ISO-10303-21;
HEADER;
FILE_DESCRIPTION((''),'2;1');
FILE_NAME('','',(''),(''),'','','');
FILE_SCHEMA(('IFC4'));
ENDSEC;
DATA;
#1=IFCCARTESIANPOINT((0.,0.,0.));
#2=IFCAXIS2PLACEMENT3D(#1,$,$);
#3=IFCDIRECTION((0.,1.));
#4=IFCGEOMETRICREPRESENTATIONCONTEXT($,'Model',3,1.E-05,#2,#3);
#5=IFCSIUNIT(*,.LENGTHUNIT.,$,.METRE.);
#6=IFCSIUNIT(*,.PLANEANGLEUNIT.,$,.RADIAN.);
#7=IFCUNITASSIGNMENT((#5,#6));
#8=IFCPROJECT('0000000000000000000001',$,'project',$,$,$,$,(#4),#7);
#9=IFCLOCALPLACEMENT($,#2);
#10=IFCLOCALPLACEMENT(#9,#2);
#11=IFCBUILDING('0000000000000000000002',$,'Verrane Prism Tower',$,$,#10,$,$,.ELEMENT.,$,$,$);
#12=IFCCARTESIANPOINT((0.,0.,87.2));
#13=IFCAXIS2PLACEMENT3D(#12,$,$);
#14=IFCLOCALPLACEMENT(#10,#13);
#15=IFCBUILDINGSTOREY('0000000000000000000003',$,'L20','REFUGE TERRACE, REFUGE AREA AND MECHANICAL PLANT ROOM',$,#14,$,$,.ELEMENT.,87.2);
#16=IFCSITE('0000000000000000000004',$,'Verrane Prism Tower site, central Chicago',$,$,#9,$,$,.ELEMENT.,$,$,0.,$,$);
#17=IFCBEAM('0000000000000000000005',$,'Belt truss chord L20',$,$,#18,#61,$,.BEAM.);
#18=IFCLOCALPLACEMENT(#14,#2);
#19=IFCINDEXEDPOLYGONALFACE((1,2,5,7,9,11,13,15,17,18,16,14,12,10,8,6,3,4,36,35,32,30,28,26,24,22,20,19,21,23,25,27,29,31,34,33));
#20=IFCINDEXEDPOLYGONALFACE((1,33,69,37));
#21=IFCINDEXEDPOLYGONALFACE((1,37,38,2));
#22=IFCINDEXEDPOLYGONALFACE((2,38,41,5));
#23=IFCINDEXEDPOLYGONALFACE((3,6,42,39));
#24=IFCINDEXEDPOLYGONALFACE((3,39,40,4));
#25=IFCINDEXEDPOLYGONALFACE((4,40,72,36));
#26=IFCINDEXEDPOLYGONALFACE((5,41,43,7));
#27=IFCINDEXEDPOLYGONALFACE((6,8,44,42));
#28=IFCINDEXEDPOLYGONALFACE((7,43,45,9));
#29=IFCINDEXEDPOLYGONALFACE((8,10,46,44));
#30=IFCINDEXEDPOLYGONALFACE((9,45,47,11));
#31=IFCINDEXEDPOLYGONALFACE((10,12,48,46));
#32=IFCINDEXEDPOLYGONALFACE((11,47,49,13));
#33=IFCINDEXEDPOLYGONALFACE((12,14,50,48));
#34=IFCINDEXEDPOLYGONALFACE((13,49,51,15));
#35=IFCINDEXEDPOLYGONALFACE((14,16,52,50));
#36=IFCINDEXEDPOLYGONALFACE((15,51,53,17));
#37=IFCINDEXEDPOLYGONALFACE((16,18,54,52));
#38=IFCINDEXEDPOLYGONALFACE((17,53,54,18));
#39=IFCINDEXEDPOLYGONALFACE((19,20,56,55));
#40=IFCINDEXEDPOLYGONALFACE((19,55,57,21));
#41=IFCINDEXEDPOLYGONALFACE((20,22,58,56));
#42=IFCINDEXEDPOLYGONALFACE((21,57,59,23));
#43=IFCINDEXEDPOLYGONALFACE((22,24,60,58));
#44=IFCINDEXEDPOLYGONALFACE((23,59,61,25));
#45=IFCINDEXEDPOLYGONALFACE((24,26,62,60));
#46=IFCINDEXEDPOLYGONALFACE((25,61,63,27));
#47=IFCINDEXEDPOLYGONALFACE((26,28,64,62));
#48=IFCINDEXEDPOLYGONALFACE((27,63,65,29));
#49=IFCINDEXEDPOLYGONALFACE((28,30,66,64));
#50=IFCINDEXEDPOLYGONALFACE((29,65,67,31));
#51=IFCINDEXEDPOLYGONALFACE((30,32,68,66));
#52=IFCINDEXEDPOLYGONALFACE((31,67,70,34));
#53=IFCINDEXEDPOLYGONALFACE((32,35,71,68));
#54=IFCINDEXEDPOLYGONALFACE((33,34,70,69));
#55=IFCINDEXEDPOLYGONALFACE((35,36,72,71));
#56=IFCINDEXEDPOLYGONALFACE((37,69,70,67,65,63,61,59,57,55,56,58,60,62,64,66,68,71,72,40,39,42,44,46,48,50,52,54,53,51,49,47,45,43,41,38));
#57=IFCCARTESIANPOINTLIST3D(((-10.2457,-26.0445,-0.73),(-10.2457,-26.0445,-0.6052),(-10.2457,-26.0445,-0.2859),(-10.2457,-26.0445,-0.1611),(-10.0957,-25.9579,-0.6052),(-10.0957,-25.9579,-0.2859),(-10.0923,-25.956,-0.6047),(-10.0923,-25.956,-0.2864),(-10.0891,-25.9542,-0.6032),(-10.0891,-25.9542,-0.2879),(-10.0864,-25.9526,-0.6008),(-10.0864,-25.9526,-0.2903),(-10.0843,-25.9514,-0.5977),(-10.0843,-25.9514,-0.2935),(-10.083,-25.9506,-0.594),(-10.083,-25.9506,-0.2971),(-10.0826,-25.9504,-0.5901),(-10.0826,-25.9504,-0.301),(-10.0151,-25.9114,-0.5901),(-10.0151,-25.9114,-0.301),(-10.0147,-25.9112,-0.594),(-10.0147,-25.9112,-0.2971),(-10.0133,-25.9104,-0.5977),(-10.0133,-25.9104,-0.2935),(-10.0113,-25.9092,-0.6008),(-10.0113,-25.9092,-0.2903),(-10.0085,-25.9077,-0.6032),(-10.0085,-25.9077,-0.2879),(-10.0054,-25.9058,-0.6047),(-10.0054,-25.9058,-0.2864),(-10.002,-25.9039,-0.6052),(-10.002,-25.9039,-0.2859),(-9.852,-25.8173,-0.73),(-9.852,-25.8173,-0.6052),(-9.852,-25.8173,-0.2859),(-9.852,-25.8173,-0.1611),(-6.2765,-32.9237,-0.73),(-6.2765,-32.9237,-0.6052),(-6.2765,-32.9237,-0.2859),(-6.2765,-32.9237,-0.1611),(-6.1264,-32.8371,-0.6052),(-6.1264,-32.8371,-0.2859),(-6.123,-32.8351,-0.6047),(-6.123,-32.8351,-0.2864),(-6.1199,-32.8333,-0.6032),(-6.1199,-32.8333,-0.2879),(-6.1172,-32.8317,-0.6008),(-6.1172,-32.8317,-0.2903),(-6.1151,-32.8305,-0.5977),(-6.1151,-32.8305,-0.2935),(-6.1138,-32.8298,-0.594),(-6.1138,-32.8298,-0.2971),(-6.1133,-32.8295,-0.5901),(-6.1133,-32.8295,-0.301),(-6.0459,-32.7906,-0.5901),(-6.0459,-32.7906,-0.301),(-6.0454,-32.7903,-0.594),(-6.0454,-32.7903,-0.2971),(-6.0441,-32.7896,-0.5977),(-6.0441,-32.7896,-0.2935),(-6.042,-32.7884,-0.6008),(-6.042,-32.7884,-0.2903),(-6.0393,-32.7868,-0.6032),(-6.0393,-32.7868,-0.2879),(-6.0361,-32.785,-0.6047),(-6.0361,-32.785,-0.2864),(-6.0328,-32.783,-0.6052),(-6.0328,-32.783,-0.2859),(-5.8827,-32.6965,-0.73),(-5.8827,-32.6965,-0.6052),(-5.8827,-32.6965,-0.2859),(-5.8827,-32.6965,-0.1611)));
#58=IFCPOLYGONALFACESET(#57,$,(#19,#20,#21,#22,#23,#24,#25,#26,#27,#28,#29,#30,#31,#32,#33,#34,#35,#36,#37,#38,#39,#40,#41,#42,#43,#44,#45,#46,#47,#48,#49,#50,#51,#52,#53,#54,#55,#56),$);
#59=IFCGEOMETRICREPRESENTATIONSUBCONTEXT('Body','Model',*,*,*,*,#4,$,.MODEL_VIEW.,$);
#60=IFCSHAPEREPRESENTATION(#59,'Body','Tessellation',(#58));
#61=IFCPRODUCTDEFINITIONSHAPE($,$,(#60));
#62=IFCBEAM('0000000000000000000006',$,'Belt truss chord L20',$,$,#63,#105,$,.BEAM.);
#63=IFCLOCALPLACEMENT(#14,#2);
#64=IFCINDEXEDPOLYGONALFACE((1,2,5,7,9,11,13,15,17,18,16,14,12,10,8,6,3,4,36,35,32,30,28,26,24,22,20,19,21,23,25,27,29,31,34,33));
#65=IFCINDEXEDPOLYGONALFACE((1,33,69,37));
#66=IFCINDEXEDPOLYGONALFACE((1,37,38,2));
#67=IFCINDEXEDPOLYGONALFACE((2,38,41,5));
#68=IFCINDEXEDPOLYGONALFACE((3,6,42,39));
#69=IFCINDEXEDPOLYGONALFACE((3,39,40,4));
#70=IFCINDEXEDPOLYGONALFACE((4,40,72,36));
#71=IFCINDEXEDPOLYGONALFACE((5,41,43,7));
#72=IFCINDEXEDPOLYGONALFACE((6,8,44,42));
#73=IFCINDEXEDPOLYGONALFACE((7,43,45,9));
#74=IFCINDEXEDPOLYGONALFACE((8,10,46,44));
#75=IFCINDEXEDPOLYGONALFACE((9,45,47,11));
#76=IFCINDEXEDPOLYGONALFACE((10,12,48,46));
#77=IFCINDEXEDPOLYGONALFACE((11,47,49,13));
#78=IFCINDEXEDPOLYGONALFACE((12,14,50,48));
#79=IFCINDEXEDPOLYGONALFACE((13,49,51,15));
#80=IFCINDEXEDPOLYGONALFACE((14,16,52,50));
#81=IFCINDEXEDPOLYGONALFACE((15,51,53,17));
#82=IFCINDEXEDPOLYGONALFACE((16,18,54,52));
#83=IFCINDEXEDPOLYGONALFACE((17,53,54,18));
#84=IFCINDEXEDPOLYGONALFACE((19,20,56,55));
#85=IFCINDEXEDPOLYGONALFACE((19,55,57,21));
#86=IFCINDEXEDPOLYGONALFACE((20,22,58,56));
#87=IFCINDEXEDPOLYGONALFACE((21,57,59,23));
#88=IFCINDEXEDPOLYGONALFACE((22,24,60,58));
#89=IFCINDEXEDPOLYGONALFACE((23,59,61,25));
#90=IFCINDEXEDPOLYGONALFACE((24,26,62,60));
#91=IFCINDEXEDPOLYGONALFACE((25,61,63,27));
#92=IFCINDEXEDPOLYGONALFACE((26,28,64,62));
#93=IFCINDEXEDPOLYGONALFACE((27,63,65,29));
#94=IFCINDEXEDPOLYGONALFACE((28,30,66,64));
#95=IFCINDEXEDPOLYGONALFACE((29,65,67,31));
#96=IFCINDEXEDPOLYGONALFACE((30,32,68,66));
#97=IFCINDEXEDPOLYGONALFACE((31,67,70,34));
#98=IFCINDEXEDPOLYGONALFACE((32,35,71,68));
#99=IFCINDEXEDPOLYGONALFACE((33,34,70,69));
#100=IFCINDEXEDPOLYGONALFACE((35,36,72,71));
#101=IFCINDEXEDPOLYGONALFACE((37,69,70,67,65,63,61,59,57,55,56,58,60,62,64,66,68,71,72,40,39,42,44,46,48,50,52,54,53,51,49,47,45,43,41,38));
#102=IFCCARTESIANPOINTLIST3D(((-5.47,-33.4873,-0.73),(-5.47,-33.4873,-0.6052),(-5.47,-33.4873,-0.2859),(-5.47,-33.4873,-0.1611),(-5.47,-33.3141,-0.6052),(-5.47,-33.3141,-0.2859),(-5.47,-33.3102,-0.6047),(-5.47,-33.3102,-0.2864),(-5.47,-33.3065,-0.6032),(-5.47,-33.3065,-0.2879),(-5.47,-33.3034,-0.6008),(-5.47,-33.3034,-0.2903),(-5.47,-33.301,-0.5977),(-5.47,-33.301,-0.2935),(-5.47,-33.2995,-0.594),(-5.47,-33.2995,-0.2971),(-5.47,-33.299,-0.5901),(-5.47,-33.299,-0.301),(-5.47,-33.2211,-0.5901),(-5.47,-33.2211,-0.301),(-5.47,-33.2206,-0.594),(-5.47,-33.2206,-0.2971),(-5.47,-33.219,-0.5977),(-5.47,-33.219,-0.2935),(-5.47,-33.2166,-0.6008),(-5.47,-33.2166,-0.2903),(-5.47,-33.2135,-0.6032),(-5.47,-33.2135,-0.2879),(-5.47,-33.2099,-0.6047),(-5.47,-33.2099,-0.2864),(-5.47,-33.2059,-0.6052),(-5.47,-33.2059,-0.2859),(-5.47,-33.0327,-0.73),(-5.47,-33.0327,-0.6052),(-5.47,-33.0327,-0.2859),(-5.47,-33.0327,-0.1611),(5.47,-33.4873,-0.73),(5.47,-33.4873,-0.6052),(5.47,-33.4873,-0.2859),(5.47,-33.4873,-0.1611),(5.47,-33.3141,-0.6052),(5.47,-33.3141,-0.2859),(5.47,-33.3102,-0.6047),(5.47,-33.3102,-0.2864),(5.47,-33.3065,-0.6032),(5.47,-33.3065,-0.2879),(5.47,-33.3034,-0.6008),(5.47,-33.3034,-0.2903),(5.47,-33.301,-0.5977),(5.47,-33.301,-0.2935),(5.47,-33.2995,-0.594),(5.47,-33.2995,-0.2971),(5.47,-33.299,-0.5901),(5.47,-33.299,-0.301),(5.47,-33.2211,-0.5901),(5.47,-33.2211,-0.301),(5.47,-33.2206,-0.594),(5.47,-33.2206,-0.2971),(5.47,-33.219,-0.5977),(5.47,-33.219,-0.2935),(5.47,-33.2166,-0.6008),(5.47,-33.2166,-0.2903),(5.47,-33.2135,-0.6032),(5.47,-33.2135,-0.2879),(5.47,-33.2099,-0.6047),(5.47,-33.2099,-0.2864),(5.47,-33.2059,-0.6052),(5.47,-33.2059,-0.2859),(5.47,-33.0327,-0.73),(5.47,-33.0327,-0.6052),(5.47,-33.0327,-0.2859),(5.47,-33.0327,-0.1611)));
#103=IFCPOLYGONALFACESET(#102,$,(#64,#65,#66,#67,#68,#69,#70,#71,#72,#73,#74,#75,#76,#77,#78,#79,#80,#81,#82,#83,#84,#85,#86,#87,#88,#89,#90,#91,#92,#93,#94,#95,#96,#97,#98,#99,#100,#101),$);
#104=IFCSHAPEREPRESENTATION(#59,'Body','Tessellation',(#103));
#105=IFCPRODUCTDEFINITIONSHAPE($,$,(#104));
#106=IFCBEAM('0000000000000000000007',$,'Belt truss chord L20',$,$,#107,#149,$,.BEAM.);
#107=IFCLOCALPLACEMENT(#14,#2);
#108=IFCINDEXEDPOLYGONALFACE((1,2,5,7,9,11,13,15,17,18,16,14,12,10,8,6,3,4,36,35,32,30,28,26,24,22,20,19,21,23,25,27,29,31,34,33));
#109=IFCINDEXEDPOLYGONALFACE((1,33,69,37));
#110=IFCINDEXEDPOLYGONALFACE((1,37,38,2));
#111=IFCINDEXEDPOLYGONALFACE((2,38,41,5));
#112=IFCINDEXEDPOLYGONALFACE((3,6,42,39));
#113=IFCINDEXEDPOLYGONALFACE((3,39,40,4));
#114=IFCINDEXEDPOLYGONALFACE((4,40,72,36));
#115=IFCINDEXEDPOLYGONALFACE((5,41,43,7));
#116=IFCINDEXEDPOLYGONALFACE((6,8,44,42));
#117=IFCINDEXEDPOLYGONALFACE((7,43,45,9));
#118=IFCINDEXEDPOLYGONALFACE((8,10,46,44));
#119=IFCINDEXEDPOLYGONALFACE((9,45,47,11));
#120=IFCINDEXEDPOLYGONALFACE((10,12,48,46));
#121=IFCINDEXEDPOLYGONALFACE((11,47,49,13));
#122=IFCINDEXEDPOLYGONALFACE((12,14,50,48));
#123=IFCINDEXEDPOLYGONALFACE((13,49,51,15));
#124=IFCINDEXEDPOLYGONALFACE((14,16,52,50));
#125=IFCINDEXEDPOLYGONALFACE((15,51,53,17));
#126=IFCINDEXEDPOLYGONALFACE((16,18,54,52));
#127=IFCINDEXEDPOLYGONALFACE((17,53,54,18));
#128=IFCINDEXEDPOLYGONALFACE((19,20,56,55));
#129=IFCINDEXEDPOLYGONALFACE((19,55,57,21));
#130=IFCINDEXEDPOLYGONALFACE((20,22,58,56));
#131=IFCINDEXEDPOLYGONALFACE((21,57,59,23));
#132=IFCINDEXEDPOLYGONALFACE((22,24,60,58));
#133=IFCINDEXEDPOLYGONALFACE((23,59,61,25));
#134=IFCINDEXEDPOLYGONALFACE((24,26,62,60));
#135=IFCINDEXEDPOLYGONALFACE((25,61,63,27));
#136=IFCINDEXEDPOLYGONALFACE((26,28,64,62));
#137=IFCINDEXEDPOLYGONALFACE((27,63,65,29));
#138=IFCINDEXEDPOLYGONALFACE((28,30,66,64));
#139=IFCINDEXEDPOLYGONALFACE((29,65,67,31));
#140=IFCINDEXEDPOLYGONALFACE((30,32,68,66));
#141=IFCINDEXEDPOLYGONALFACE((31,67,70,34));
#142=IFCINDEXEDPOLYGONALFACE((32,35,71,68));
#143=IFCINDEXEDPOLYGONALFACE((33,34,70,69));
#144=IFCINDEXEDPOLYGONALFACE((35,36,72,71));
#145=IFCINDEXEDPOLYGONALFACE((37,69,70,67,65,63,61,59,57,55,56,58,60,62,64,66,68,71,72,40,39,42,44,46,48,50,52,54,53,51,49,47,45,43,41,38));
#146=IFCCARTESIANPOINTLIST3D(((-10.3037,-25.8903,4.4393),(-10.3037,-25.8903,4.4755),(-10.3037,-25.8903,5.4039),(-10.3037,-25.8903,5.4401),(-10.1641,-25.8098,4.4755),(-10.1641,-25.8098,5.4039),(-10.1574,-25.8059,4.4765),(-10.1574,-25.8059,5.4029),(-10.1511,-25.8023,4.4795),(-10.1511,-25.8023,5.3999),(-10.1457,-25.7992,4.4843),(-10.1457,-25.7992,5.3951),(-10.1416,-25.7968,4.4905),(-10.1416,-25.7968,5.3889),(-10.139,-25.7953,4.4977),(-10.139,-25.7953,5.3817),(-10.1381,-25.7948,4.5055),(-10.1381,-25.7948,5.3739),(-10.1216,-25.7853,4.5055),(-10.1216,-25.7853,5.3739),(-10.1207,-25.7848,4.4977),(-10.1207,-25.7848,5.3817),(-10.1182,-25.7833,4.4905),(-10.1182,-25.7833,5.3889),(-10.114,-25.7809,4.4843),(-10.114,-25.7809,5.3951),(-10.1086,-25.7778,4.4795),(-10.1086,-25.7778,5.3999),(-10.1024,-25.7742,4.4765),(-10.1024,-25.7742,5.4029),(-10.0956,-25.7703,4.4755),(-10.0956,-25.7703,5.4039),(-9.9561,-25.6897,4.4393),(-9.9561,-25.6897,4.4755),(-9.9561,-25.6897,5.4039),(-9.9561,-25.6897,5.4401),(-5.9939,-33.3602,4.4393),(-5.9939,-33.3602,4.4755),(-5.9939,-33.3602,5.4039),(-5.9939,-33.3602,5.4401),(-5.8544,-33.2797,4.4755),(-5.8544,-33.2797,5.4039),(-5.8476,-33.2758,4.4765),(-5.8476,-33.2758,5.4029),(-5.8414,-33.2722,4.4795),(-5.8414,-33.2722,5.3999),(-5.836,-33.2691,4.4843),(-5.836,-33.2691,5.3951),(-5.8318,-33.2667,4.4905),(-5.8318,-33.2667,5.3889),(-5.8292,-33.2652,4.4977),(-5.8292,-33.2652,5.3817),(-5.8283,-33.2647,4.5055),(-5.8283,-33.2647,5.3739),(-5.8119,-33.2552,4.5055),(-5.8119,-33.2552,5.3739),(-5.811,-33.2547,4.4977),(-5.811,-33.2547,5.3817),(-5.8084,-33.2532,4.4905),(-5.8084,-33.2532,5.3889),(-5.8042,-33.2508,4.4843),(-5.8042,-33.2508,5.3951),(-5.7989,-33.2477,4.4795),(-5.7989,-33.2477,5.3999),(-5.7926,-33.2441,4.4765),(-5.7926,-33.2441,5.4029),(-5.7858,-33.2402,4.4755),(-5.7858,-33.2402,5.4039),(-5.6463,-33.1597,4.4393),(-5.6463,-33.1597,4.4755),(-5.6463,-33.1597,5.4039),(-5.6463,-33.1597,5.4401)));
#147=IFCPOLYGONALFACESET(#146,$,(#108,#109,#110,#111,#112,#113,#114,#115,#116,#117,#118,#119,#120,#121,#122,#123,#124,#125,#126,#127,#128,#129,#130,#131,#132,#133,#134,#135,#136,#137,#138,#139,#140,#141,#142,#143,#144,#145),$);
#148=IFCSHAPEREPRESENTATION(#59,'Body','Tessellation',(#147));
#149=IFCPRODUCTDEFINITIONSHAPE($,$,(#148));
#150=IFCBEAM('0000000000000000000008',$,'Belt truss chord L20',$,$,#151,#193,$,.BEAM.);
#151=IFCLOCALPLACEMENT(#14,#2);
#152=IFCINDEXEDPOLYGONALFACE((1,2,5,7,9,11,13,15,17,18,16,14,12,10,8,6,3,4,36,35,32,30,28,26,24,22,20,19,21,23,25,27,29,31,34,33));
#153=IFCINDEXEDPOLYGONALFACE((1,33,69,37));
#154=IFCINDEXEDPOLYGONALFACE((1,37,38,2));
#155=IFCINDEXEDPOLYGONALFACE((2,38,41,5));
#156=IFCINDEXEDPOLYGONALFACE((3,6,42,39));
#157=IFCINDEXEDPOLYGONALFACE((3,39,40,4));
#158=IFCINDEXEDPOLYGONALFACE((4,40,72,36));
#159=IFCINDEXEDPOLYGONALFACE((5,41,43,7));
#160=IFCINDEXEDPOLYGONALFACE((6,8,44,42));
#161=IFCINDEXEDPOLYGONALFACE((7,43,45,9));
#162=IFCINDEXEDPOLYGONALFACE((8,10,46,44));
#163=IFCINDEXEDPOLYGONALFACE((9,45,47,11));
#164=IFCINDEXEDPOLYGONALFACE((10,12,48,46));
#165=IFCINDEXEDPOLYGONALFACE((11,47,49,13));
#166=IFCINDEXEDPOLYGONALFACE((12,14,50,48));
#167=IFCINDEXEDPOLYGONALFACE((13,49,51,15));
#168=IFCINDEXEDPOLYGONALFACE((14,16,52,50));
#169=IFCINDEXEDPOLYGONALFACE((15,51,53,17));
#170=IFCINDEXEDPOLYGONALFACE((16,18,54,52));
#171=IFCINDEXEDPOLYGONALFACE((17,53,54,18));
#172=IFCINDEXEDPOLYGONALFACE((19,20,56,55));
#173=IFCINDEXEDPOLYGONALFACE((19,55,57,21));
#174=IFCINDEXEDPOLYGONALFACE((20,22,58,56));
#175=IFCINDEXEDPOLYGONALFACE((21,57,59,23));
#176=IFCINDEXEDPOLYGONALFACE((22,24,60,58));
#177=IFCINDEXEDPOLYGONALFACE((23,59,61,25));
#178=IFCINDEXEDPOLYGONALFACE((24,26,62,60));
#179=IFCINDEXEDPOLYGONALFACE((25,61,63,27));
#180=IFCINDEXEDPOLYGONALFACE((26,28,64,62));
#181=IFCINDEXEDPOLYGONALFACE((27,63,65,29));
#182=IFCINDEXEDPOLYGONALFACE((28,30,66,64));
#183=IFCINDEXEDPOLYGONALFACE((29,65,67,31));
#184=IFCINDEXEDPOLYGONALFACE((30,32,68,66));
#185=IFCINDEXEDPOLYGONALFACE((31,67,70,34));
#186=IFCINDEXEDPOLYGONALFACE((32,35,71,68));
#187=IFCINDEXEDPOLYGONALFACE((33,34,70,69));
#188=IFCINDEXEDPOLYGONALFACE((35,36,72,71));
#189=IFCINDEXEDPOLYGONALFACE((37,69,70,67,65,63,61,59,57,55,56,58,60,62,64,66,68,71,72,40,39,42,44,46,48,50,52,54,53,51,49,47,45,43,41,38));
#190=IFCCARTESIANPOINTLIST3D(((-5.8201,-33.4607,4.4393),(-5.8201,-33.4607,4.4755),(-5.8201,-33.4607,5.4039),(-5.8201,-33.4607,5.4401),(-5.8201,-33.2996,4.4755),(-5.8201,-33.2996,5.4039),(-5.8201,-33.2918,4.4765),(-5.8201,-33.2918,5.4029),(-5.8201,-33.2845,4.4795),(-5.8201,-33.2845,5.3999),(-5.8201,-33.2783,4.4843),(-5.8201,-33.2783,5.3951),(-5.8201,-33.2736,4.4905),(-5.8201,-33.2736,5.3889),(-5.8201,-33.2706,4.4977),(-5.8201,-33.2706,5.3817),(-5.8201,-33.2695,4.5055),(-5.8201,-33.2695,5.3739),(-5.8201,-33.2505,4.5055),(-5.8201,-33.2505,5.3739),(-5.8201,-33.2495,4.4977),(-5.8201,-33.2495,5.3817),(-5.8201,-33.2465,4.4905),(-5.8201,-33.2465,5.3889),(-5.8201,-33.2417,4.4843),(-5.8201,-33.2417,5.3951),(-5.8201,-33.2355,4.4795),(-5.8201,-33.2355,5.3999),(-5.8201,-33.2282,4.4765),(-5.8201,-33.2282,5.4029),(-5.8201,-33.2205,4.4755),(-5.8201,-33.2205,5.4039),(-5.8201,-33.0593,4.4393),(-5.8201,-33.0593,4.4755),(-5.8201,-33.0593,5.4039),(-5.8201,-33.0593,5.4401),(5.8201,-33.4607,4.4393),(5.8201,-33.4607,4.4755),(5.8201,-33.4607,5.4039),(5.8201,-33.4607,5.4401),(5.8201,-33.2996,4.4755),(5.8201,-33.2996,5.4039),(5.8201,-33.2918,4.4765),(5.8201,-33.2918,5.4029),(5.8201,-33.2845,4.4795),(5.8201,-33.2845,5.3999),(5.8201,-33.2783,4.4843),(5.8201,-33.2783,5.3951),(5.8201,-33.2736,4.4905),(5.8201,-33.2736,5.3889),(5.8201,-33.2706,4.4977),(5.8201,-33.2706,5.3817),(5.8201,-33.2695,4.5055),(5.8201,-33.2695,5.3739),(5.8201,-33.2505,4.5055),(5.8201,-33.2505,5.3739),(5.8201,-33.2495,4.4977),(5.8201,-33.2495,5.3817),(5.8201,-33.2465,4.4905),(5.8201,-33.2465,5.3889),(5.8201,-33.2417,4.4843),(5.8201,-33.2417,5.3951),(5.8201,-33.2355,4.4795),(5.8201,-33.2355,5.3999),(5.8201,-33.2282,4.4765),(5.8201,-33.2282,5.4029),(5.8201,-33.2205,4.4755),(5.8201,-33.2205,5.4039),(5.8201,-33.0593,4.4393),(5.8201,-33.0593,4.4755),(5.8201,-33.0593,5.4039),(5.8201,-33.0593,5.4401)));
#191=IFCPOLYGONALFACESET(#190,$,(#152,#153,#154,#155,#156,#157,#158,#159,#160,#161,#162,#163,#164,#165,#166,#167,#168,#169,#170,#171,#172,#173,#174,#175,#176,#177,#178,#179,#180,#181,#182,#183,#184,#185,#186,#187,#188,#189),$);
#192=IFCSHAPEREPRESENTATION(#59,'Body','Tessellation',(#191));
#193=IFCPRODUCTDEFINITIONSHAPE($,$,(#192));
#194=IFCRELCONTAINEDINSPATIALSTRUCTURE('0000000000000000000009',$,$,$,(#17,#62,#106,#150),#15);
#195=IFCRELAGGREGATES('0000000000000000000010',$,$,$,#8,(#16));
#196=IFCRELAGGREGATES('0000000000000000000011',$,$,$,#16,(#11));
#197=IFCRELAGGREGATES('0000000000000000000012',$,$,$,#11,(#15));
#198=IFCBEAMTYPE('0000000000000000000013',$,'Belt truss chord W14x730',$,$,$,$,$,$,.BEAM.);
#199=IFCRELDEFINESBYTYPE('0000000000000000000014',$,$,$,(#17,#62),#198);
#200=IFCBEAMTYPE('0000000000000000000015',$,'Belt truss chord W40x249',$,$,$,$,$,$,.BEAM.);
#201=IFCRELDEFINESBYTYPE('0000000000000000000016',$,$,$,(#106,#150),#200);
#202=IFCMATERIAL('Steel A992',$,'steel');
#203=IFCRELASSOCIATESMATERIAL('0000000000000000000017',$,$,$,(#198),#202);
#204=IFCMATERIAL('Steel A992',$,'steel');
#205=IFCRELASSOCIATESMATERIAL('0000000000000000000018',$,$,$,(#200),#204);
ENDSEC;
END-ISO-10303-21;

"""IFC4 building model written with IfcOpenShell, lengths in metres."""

from ifc_helpers import new_model, si_unit, direction, frame, origin, origin_2d, place, context, subcontext, project, spatial, i_section, extrude, material, material_profile, profile_set, type_object, element, save


model = new_model("IFC4")

# Units and contexts
model_context = context("Model", 3, precision=1e-05, world=origin(), true_north=direction((0.0, 1.0)))
body_context = subcontext(model_context, "Body", "Model", "MODEL_VIEW")
ifc_project = project(units=[si_unit("LENGTHUNIT", "METRE"), si_unit("PLANEANGLEUNIT", "RADIAN")], contexts=[model_context])

# Site, building, storey
site_placement = place(None, origin())
site = spatial("IfcSite", under=ifc_project, at=site_placement, Name="Verrane Prism Tower site, central Chicago", CompositionType="ELEMENT", RefElevation=0.0)
building_placement = place(site_placement, origin())
building = spatial("IfcBuilding", under=site, at=building_placement, Name="Verrane Prism Tower", CompositionType="ELEMENT")
storey_placement = place(building_placement, frame((0.0, 0.0, 87.2)))
storey = spatial("IfcBuildingStorey", under=building, at=storey_placement, Name="L20", Description="REFUGE TERRACE, REFUGE AREA AND MECHANICAL PLANT ROOM", CompositionType="ELEMENT", Elevation=87.2)

# Beams
ifc_material_1 = material(Name="Steel A992", Category="steel")
ifc_material_profile_1 = material_profile(ifc_material_1, i_section(OverallWidth=0.4546, OverallDepth=0.5688, WebThickness=0.0779, FlangeThickness=0.1248, FilletRadius=0.0151, at=origin_2d()), Name="W14x730")
ifc_profile_set_1 = profile_set([ifc_material_profile_1], Name="Steel A992")
beam_type_1 = type_object("IfcBeamType", Name="Belt truss chord W14x730", PredefinedType="BEAM", material=ifc_profile_set_1)
beam_1_placement = place(storey_placement, frame((-10.0488, -25.9309, -0.4456), z_axis=(0.499769, -0.866158, 0.0), x_axis=(0.866158, 0.499769, 0.0)))
element("IfcBeam", 1, at=beam_1_placement, inside=storey, type_object=beam_type_1, Name="Belt truss chord L20", PredefinedType="BEAM", context=body_context, shape_type="SweptSolid", body=[
    extrude(i_section(OverallWidth=0.4546, OverallDepth=0.5688, WebThickness=0.0779, FlangeThickness=0.1248, FilletRadius=0.0151, at=origin_2d()), origin(), (0.0, 0.0, 1.0), 7.9421),
])
beam_2_placement = place(storey_placement, frame((-5.47, -33.26, -0.4456), z_axis=(1.0, 0.0, 0.0), x_axis=(0.0, 1.0, 0.0)))
element("IfcBeam", 2, at=beam_2_placement, inside=storey, type_object=beam_type_1, Name="Belt truss chord L20", PredefinedType="BEAM", context=body_context, shape_type="SweptSolid", body=[
    extrude(i_section(OverallWidth=0.4546, OverallDepth=0.5688, WebThickness=0.0779, FlangeThickness=0.1248, FilletRadius=0.0151, at=origin_2d()), origin(), (0.0, 0.0, 1.0), 10.9399),
])
ifc_material_2 = material(Name="Steel A992", Category="steel")
ifc_material_profile_2 = material_profile(ifc_material_2, i_section(OverallWidth=0.4014, OverallDepth=1.0007, WebThickness=0.019, FlangeThickness=0.0361, FilletRadius=0.03, at=origin_2d()), Name="W40x249")
ifc_profile_set_2 = profile_set([ifc_material_profile_2], Name="Steel A992")
beam_type_2 = type_object("IfcBeamType", Name="Belt truss chord W40x249", PredefinedType="BEAM", material=ifc_profile_set_2)
beam_3_placement = place(storey_placement, frame((-10.1299, -25.79, 4.9397), z_axis=(0.499741, -0.866175, 0.0), x_axis=(0.866175, 0.499741, 0.0)))
element("IfcBeam", 3, at=beam_3_placement, inside=storey, type_object=beam_type_2, Name="Belt truss chord L20", PredefinedType="BEAM", context=body_context, shape_type="SweptSolid", body=[
    extrude(i_section(OverallWidth=0.4014, OverallDepth=1.0007, WebThickness=0.019, FlangeThickness=0.0361, FilletRadius=0.03, at=origin_2d()), origin(), (0.0, 0.0, 1.0), 8.624),
])
beam_4_placement = place(storey_placement, frame((-5.8201, -33.26, 4.9397), z_axis=(1.0, 0.0, 0.0), x_axis=(0.0, 1.0, 0.0)))
element("IfcBeam", 4, at=beam_4_placement, inside=storey, type_object=beam_type_2, Name="Belt truss chord L20", PredefinedType="BEAM", context=body_context, shape_type="SweptSolid", body=[
    extrude(i_section(OverallWidth=0.4014, OverallDepth=1.0007, WebThickness=0.019, FlangeThickness=0.0361, FilletRadius=0.03, at=origin_2d()), origin(), (0.0, 0.0, 1.0), 11.6401),
])

save(model, "model.ifc")
